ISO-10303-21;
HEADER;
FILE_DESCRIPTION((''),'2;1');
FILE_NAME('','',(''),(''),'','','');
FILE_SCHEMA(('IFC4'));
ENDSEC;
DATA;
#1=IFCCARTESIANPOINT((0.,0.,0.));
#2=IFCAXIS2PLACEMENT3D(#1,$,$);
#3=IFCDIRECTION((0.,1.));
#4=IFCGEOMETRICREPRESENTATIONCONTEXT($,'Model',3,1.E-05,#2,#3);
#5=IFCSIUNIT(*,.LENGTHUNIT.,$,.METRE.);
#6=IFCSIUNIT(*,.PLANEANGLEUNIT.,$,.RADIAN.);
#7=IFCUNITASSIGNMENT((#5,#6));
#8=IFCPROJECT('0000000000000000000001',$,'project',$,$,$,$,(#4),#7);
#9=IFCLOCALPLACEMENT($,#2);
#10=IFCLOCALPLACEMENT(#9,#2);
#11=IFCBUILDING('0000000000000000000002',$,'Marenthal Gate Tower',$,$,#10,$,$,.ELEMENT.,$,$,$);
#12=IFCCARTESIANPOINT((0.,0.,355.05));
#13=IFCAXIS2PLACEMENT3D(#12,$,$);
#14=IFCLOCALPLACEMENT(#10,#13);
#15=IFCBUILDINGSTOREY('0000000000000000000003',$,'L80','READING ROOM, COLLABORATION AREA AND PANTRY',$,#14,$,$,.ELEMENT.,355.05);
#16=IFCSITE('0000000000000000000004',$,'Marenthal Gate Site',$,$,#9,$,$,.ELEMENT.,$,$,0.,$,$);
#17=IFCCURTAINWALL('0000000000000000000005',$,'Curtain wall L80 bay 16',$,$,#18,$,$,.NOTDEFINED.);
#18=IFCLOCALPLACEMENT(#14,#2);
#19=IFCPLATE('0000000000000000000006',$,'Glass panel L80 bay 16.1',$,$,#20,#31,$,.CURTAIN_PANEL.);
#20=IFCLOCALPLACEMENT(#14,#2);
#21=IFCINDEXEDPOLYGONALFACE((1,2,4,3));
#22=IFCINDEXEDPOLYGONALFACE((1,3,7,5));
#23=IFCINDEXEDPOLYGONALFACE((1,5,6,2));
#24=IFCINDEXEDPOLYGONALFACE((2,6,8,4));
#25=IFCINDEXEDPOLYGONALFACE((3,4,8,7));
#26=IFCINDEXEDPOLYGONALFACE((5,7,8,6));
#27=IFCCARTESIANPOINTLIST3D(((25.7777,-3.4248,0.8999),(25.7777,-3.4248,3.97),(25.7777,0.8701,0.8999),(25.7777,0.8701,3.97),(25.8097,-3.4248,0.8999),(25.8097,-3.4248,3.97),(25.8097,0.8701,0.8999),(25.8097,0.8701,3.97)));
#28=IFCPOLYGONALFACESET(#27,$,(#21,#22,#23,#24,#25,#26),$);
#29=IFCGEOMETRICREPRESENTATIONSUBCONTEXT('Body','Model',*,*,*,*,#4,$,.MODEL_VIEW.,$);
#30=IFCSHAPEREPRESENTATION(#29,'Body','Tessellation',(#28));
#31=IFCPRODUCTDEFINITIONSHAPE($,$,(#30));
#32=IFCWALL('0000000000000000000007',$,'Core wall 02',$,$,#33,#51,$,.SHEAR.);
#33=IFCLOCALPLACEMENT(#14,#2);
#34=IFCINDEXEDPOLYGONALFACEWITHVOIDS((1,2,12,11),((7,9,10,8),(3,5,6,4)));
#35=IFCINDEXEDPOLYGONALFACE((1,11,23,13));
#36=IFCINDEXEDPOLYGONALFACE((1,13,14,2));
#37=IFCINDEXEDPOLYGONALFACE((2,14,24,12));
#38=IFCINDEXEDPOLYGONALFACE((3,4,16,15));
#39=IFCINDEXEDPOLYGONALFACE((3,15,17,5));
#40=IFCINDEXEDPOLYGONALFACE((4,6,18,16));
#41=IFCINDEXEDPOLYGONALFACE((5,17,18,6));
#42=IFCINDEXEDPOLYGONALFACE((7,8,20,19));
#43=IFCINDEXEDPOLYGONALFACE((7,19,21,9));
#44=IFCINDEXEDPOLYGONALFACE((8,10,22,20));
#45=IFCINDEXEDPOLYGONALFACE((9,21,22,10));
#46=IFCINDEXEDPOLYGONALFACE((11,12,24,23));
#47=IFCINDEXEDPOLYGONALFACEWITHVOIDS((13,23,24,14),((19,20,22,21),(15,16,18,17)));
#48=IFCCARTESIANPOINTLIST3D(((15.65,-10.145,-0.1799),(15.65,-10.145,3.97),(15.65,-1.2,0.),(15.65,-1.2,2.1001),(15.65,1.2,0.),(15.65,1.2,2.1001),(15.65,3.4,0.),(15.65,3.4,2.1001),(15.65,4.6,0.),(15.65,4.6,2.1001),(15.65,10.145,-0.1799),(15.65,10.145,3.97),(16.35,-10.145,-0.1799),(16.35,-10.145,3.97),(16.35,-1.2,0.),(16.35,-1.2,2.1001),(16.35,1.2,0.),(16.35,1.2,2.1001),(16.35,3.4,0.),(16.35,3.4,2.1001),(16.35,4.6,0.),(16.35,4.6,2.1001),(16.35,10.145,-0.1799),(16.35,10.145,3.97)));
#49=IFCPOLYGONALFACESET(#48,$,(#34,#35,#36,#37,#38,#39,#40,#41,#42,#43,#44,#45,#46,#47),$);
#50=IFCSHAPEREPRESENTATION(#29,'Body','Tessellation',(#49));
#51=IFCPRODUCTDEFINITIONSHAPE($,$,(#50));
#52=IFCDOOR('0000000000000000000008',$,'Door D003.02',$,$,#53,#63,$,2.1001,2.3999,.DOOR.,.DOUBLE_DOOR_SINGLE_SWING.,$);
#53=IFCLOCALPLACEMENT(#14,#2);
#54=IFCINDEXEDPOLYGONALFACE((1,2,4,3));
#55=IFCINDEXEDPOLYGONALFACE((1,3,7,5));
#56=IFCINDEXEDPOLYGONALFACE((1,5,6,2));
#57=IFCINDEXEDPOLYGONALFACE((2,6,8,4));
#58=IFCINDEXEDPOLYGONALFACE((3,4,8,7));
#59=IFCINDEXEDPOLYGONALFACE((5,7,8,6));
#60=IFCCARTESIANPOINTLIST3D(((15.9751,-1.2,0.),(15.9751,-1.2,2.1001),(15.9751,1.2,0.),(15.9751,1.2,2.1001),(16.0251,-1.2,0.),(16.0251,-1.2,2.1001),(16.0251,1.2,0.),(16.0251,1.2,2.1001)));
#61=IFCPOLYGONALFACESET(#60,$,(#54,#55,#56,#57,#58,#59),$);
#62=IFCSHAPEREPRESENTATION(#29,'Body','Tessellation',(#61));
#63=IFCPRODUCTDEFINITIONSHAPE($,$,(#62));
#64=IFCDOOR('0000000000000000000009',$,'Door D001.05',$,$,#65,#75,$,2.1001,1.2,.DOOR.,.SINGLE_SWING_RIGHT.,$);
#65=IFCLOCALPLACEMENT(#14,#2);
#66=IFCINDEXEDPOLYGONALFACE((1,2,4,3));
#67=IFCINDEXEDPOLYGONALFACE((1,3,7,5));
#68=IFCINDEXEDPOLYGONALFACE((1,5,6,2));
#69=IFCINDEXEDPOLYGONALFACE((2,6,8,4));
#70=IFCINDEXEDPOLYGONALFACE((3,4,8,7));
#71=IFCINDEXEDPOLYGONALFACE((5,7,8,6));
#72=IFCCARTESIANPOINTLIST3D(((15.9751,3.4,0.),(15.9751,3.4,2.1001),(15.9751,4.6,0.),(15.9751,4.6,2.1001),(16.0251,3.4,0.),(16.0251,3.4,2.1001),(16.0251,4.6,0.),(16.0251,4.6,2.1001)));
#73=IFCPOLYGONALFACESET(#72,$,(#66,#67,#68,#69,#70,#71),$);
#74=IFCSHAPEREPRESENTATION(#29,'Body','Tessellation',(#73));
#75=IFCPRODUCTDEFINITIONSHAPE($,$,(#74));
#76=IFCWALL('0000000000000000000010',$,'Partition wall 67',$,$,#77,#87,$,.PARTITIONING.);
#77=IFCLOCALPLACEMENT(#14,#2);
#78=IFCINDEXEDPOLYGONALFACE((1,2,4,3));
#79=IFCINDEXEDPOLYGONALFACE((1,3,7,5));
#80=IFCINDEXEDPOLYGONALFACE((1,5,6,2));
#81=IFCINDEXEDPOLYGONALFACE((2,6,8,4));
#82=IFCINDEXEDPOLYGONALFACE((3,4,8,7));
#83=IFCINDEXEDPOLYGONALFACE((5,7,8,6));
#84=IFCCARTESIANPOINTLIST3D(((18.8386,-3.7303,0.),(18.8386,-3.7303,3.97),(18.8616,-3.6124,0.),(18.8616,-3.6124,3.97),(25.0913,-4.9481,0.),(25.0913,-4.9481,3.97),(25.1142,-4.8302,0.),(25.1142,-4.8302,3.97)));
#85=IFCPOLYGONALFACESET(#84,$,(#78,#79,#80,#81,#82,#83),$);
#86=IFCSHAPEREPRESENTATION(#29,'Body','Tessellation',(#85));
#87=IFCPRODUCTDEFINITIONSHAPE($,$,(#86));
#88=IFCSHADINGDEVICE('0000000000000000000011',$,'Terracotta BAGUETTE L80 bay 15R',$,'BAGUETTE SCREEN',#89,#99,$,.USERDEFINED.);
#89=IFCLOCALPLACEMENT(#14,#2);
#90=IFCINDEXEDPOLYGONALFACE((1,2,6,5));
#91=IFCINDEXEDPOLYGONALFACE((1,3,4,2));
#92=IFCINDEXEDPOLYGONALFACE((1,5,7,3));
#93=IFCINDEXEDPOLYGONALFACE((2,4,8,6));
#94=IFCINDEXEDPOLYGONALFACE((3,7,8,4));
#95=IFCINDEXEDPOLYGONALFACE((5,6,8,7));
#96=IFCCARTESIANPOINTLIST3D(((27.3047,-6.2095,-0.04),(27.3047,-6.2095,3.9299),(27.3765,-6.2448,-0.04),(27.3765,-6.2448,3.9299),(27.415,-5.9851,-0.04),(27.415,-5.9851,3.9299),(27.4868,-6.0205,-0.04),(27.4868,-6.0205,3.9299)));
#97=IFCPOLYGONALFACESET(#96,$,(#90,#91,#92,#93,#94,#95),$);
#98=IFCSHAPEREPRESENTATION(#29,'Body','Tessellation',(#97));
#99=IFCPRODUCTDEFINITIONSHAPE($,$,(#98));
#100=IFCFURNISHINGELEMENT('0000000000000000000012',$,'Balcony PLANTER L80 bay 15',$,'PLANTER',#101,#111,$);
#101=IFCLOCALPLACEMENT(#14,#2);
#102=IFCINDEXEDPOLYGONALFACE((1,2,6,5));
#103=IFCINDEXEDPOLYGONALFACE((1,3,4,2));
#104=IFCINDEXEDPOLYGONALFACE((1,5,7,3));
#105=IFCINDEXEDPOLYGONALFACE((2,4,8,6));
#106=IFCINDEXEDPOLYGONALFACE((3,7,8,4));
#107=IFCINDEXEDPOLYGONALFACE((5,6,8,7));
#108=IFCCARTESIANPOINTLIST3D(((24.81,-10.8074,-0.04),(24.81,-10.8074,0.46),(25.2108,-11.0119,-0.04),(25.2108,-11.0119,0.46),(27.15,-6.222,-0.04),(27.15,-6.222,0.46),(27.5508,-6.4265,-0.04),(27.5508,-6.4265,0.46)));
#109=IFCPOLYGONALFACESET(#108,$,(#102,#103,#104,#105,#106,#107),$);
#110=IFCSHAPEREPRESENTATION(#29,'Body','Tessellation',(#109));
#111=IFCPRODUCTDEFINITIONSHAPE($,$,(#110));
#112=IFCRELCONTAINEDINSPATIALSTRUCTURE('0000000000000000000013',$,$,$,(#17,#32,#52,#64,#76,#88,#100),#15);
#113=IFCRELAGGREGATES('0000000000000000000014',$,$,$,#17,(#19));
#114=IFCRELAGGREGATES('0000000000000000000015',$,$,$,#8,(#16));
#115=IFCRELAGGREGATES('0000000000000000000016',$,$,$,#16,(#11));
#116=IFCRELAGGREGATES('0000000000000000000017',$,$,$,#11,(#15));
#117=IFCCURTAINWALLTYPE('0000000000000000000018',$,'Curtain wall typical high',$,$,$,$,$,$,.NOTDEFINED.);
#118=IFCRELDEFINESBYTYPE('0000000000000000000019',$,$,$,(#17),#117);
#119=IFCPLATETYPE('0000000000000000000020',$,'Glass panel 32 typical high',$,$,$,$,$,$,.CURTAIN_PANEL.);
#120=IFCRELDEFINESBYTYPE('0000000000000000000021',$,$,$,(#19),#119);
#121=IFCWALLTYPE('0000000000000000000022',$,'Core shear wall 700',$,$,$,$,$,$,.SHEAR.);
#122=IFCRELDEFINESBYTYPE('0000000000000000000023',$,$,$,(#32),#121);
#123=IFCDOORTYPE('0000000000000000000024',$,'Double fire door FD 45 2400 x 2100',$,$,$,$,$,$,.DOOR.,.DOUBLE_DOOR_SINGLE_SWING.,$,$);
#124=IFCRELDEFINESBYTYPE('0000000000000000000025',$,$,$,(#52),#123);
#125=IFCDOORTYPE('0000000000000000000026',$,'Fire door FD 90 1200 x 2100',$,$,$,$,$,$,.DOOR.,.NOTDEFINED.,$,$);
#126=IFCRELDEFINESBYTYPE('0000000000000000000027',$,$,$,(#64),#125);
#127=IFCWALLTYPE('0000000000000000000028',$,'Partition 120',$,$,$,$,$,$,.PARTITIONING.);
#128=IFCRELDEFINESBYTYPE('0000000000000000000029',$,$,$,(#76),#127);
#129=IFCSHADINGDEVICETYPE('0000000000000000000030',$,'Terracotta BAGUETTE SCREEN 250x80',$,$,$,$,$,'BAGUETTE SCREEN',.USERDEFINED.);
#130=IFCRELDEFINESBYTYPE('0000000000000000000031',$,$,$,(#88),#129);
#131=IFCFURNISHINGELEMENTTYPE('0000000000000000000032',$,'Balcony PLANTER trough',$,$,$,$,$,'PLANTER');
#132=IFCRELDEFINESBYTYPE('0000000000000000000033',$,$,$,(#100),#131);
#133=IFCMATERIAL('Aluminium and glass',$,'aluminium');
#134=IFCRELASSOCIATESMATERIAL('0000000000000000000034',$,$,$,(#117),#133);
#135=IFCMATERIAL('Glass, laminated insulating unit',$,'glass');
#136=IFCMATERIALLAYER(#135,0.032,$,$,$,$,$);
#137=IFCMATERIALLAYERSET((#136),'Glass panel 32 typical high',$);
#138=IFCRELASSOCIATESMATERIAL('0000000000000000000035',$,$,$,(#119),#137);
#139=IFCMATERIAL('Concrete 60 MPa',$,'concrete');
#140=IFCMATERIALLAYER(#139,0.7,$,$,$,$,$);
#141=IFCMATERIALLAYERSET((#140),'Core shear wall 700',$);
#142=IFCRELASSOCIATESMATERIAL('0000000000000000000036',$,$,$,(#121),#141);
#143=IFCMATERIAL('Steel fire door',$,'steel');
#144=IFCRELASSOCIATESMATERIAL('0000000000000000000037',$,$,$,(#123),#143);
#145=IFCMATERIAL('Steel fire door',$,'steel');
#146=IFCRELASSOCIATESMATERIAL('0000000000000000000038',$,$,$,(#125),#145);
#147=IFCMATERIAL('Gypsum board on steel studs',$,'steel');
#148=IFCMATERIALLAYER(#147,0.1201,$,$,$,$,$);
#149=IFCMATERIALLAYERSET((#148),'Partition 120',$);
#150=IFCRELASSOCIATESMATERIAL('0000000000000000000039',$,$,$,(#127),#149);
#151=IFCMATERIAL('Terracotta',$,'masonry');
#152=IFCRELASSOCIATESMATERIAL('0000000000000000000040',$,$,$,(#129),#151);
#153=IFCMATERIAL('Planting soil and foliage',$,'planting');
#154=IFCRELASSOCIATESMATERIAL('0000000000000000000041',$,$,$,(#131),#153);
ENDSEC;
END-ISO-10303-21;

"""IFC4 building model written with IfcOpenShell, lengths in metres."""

from ifc_helpers import new_model, si_unit, direction, frame, frame_2d, origin, origin_2d, place, context, subcontext, project, spatial, rectangle, extrude, material, layer, layer_set, material_profile, profile_set, type_object, element, fill, aggregate, save


model = new_model("IFC4")

# Units and contexts
model_context = context("Model", 3, precision=1e-05, world=origin(), true_north=direction((0.0, 1.0)))
body_context = subcontext(model_context, "Body", "Model", "MODEL_VIEW")
ifc_project = project(units=[si_unit("LENGTHUNIT", "METRE"), si_unit("PLANEANGLEUNIT", "RADIAN")], contexts=[model_context])

# Site, building, storey
site_placement = place(None, origin())
site = spatial("IfcSite", under=ifc_project, at=site_placement, Name="Marenthal Gate Site", CompositionType="ELEMENT", RefElevation=0.0)
building_placement = place(site_placement, origin())
building = spatial("IfcBuilding", under=site, at=building_placement, Name="Marenthal Gate Tower", CompositionType="ELEMENT")
storey_placement = place(building_placement, frame((0.0, 0.0, 355.05)))
storey = spatial("IfcBuildingStorey", under=building, at=storey_placement, Name="L80", Description="READING ROOM, COLLABORATION AREA AND PANTRY", CompositionType="ELEMENT", Elevation=355.05)

# Curtain wall
ifc_material_1 = material(Name="Aluminium and glass", Category="aluminium")
curtain_wall_type = type_object("IfcCurtainWallType", Name="Curtain wall typical high", PredefinedType="NOTDEFINED", material=ifc_material_1)
curtain_wall_placement = place(storey_placement, origin())
curtain_wall = element("IfcCurtainWall", 1, at=curtain_wall_placement, inside=storey, type_object=curtain_wall_type, Name="Curtain wall L80 bay 16", PredefinedType="NOTDEFINED")

# Plate
ifc_material_2 = material(Name="Glass, laminated insulating unit", Category="glass")
ifc_layer_1 = layer(ifc_material_2, 0.032)
ifc_layer_set_1 = layer_set([ifc_layer_1], Name="Glass panel 32 typical high")
plate_type = type_object("IfcPlateType", Name="Glass panel 32 typical high", PredefinedType="CURTAIN_PANEL", material=ifc_layer_set_1)
plate_placement = place(storey_placement, frame((25.7937, -1.2773, 0.8999), z_axis=(0.0, 0.0, 1.0), x_axis=(0.0, 1.0, 0.0)))
plate = element("IfcPlate", 2, at=plate_placement, type_object=plate_type, Name="Glass panel L80 bay 16.1", PredefinedType="CURTAIN_PANEL", context=body_context, shape_type="SweptSolid", body=[
    extrude(rectangle(XDim=4.2949, YDim=0.032, at=origin_2d()), origin(), (0.0, 0.0, 1.0), 3.0701),
])
aggregate(curtain_wall, [plate])

# Wall, openings, doors
ifc_material_3 = material(Name="Concrete 60 MPa", Category="concrete")
ifc_layer_2 = layer(ifc_material_3, 0.7)
ifc_layer_set_2 = layer_set([ifc_layer_2], Name="Core shear wall 700")
wall_type_1 = type_object("IfcWallType", Name="Core shear wall 700", PredefinedType="SHEAR", material=ifc_layer_set_2)
wall_1_placement = place(storey_placement, frame((16.0, -10.145, -0.1799), z_axis=(0.0, 0.0, 1.0), x_axis=(0.0, 1.0, 0.0)))
wall_1 = element("IfcWall", 3, at=wall_1_placement, inside=storey, type_object=wall_type_1, Name="Core wall 02", PredefinedType="SHEAR", context=body_context, shape_type="SweptSolid", body=[
    extrude(rectangle(XDim=20.29, YDim=0.7, at=frame_2d((10.145, 0.0))), origin(), (0.0, 0.0, 1.0), 4.1499),
])
opening_1_placement = place(wall_1_placement, frame((8.9451, 0.0, 0.1799)))
opening_1 = element("IfcOpeningElement", 4, at=opening_1_placement, cuts=wall_1, PredefinedType="OPENING", context=body_context, shape_type="SweptSolid", body=[
    extrude(rectangle(XDim=2.3999, YDim=2.1001, at=frame_2d((1.2, 1.05))), frame((0.0, 0.3599, 0.0), z_axis=(0.0, -1.0, 0.0), x_axis=(1.0, 0.0, 0.0)), (0.0, 0.0, 1.0), 0.72),
])
opening_2_placement = place(wall_1_placement, frame((13.5449, 0.0, 0.1799)))
opening_2 = element("IfcOpeningElement", 5, at=opening_2_placement, cuts=wall_1, PredefinedType="OPENING", context=body_context, shape_type="SweptSolid", body=[
    extrude(rectangle(XDim=1.2, YDim=2.1001, at=frame_2d((0.6001, 1.05))), frame((0.0, 0.3599, 0.0), z_axis=(0.0, -1.0, 0.0), x_axis=(1.0, 0.0, 0.0)), (0.0, 0.0, 1.0), 0.72),
])
ifc_material_4 = material(Name="Steel fire door", Category="steel")
door_type_1 = type_object("IfcDoorType", Name="Double fire door FD 45 2400 x 2100", OperationType="DOUBLE_DOOR_SINGLE_SWING", PredefinedType="DOOR", material=ifc_material_4)
door_1_placement = place(opening_1_placement, origin())
door_1 = element("IfcDoor", 6, at=door_1_placement, inside=storey, type_object=door_type_1, Name="Door D003.02", OperationType="DOUBLE_DOOR_SINGLE_SWING", OverallHeight=2.1001, OverallWidth=2.3999, PredefinedType="DOOR", context=body_context, shape_type="SweptSolid", body=[
    extrude(rectangle(XDim=2.3999, YDim=2.1001, at=frame_2d((1.2, 1.05))), frame((0.0, 0.0249, 0.0), z_axis=(0.0, -1.0, 0.0), x_axis=(1.0, 0.0, 0.0)), (0.0, 0.0, 1.0), 0.05),
])
fill(opening_1, door_1)
ifc_material_5 = material(Name="Steel fire door", Category="steel")
door_type_2 = type_object("IfcDoorType", Name="Fire door FD 90 1200 x 2100", OperationType="NOTDEFINED", PredefinedType="DOOR", material=ifc_material_5)
door_2_placement = place(opening_2_placement, origin())
door_2 = element("IfcDoor", 7, at=door_2_placement, inside=storey, type_object=door_type_2, Name="Door D001.05", OperationType="SINGLE_SWING_RIGHT", OverallHeight=2.1001, OverallWidth=1.2, PredefinedType="DOOR", context=body_context, shape_type="SweptSolid", body=[
    extrude(rectangle(XDim=1.2, YDim=2.1001, at=frame_2d((0.6001, 1.05))), frame((0.0, 0.0249, 0.0), z_axis=(0.0, -1.0, 0.0), x_axis=(1.0, 0.0, 0.0)), (0.0, 0.0, 1.0), 0.05),
])
fill(opening_2, door_2)

# Wall
ifc_material_6 = material(Name="Gypsum board on steel studs", Category="steel")
ifc_layer_3 = layer(ifc_material_6, 0.1201)
ifc_layer_set_3 = layer_set([ifc_layer_3], Name="Partition 120")
wall_type_2 = type_object("IfcWallType", Name="Partition 120", PredefinedType="PARTITIONING", material=ifc_layer_set_3)
wall_2_placement = place(storey_placement, frame((18.8501, -3.6714, 0.0), z_axis=(0.0, 0.0, 1.0), x_axis=(0.981557, -0.191168, 0.0)))
element("IfcWall", 8, at=wall_2_placement, inside=storey, type_object=wall_type_2, Name="Partition wall 67", PredefinedType="PARTITIONING", context=body_context, shape_type="SweptSolid", body=[
    extrude(rectangle(XDim=6.3701, YDim=0.1201, at=frame_2d((3.1851, 0.0))), origin(), (0.0, 0.0, 1.0), 3.97),
])

# Shading device
ifc_material_7 = material(Name="Terracotta", Category="masonry")
ifc_material_profile_1 = material_profile(ifc_material_7, rectangle(XDim=0.25, YDim=0.0801, at=origin_2d()), Name="Terracotta baguette 250x80")
ifc_profile_set_1 = profile_set([ifc_material_profile_1], Name="Terracotta")
shading_device_type = type_object("IfcShadingDeviceType", Name="Terracotta BAGUETTE SCREEN 250x80", ElementType="BAGUETTE SCREEN", PredefinedType="USERDEFINED", material=ifc_profile_set_1)
shading_device_placement = place(storey_placement, frame((27.3958, -6.115, -0.04), z_axis=(0.0, 0.0, 1.0), x_axis=(0.441181, 0.897418, 0.0)))
element("IfcShadingDevice", 9, at=shading_device_placement, inside=storey, type_object=shading_device_type, Name="Terracotta BAGUETTE L80 bay 15R", ObjectType="BAGUETTE SCREEN", PredefinedType="USERDEFINED", context=body_context, shape_type="SweptSolid", body=[
    extrude(rectangle(XDim=0.25, YDim=0.0801, at=origin_2d()), origin(), (0.0, 0.0, 1.0), 3.97),
])

# Furnishing element
ifc_material_8 = material(Name="Planting soil and foliage", Category="planting")
furnishing_element_type = type_object("IfcFurnishingElementType", Name="Balcony PLANTER trough", ElementType="PLANTER", material=ifc_material_8)
furnishing_placement = place(storey_placement, frame((26.1804, -8.6169, -0.04), z_axis=(0.0, 0.0, 1.0), x_axis=(0.454546, 0.890723, 0.0)))
element("IfcFurnishingElement", 10, at=furnishing_placement, inside=storey, type_object=furnishing_element_type, Name="Balcony PLANTER L80 bay 15", ObjectType="PLANTER", context=body_context, shape_type="SweptSolid", body=[
    extrude(rectangle(XDim=5.1479, YDim=0.45, at=origin_2d()), origin(), (0.0, 0.0, 1.0), 0.5),
])

save(model, "model.ifc")
